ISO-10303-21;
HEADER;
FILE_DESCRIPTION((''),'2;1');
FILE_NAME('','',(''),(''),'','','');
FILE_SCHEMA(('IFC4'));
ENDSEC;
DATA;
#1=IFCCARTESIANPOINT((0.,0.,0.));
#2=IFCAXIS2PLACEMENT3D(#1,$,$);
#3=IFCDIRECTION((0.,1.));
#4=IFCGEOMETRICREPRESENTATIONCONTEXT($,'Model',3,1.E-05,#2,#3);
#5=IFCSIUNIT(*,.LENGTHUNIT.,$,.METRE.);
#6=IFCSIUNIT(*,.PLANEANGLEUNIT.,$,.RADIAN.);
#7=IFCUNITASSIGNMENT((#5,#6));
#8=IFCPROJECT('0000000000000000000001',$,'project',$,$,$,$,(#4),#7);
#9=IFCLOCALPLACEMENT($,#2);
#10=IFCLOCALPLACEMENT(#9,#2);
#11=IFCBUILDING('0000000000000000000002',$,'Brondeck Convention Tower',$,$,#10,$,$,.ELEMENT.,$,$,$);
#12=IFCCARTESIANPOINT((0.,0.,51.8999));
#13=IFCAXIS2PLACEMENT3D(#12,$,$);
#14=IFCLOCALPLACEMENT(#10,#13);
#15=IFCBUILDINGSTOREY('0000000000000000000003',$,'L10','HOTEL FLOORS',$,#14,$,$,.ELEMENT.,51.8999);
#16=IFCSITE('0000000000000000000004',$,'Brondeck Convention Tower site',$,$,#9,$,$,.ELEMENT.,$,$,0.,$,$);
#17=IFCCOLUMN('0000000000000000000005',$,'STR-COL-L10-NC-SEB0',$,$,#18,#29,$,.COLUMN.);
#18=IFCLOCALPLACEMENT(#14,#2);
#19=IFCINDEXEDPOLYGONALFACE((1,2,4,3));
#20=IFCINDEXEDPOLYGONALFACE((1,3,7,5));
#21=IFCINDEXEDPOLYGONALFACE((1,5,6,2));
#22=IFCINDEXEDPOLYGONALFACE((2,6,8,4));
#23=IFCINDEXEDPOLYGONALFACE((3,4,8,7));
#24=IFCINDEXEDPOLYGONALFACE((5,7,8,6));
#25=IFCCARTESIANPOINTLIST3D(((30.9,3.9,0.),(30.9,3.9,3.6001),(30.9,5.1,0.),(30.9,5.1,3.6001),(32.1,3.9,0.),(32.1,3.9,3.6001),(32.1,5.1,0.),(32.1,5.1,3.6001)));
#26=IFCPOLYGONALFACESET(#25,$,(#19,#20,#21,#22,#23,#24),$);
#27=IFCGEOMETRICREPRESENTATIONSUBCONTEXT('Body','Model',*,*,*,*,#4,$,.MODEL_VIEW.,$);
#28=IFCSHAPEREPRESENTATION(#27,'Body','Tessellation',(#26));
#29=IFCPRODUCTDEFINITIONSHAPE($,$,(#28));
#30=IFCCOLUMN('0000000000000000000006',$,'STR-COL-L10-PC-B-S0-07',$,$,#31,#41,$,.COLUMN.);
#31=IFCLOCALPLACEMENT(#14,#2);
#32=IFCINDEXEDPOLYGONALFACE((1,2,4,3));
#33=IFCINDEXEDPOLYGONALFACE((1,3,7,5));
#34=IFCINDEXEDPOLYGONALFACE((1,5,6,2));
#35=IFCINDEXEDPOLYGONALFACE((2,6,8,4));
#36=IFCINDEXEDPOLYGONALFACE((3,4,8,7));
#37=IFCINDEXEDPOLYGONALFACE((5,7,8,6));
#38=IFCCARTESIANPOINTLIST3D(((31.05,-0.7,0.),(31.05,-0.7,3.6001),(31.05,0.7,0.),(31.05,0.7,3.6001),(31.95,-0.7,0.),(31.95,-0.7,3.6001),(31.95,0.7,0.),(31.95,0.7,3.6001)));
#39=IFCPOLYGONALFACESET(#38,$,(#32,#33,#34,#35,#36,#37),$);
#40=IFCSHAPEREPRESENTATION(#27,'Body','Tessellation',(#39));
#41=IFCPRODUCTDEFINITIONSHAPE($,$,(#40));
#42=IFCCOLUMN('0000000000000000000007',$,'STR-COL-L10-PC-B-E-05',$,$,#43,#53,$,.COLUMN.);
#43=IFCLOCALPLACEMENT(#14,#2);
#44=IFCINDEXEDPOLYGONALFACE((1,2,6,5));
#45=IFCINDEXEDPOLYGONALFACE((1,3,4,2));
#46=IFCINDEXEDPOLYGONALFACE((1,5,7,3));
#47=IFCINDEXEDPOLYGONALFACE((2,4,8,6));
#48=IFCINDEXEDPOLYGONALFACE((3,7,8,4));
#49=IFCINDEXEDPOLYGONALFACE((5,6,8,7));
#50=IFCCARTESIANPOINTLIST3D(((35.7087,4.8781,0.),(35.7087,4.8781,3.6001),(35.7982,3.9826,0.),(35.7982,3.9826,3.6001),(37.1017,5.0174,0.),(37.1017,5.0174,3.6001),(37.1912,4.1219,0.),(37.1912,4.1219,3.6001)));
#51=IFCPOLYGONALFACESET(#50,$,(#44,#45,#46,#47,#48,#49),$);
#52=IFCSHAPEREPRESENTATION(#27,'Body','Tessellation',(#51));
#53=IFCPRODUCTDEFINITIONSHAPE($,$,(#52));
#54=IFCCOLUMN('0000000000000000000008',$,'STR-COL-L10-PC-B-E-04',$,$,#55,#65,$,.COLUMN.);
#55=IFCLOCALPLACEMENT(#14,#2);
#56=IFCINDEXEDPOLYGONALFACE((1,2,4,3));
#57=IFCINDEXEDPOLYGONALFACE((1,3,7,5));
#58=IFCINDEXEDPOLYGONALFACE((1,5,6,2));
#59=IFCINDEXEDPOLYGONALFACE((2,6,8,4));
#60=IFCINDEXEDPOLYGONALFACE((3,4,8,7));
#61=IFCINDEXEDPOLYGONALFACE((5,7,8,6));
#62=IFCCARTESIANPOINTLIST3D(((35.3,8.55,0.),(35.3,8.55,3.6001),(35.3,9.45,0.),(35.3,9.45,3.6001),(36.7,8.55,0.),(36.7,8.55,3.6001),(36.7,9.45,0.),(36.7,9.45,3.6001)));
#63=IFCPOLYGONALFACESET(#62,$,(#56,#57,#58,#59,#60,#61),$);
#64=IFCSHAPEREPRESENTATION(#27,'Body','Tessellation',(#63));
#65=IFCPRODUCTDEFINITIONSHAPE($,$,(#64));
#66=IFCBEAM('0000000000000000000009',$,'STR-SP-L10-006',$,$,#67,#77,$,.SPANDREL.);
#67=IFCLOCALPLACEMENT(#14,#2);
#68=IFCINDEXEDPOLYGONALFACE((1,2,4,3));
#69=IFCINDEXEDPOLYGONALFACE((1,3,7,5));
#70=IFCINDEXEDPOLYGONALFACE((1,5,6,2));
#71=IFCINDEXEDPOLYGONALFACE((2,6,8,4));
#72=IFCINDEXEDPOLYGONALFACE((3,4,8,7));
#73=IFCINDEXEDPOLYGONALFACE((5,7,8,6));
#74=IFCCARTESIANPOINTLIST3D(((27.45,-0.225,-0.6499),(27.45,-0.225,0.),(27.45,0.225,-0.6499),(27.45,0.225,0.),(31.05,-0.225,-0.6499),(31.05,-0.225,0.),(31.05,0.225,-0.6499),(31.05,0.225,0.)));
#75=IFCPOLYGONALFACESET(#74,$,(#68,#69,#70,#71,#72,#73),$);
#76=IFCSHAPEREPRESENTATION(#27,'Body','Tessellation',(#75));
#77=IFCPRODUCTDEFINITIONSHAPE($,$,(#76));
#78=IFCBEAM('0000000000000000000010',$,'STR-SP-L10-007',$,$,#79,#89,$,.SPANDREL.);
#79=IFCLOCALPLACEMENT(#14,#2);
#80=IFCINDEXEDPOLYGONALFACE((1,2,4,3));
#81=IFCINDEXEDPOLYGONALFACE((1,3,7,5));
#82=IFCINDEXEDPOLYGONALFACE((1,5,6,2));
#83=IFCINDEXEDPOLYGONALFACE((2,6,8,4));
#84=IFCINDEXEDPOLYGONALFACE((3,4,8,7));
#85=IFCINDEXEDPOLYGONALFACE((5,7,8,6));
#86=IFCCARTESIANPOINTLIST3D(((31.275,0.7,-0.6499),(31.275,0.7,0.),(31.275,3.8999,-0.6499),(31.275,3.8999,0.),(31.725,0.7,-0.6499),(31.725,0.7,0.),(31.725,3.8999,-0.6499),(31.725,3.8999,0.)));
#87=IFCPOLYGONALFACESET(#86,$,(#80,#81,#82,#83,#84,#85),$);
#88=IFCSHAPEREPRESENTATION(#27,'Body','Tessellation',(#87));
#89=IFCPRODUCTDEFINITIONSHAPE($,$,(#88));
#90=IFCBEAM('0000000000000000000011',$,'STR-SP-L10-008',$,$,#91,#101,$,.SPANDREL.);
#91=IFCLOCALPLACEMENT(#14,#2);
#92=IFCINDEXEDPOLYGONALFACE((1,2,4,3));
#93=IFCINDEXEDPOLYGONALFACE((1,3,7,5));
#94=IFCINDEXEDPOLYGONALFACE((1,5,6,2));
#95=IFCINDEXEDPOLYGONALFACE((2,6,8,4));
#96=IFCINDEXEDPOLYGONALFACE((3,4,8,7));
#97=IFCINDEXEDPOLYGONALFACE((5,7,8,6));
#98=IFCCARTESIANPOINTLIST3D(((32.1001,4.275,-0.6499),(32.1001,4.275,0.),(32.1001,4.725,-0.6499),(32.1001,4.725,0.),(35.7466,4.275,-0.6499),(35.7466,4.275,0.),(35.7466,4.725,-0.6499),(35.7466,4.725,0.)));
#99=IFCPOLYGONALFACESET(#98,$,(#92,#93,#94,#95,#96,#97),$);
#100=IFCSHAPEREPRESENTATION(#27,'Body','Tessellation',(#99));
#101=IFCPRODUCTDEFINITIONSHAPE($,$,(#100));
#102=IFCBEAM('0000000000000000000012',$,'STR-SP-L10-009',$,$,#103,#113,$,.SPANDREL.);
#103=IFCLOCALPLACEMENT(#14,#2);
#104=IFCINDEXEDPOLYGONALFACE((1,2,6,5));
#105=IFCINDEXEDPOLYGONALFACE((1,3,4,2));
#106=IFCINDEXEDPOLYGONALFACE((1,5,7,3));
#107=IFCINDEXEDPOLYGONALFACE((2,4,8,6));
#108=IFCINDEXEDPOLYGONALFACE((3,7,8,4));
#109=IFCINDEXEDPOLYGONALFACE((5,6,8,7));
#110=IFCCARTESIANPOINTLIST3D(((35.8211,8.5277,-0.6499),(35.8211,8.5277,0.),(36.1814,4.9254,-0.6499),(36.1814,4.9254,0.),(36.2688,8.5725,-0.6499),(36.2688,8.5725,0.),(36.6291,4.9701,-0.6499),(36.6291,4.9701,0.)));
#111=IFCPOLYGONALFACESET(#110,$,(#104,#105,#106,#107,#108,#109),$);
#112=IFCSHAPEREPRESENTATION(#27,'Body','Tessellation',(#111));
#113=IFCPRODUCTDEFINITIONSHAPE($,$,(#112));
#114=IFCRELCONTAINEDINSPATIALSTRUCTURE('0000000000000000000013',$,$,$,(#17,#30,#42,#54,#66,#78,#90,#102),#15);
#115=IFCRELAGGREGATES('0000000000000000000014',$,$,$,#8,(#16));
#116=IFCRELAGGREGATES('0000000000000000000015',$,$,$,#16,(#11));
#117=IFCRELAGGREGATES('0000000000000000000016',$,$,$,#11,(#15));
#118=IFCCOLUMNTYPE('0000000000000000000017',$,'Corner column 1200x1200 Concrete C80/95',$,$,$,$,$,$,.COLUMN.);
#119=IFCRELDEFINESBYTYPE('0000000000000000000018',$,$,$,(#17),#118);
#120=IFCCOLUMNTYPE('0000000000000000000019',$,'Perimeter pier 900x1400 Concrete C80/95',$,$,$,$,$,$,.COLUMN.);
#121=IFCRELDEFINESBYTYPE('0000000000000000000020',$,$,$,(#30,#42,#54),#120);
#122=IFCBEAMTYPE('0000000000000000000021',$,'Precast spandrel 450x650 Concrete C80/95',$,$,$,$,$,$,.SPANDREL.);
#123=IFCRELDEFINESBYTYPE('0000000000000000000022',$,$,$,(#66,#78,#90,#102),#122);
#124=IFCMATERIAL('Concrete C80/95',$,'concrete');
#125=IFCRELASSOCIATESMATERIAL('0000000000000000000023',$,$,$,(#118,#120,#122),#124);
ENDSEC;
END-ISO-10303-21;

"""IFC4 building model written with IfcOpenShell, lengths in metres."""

from ifc_helpers import new_model, si_unit, direction, frame, origin, origin_2d, place, context, subcontext, project, spatial, rectangle, extrude, material, material_profile, profile_set, type_object, element, save


model = new_model("IFC4")

# Units and contexts
model_context = context("Model", 3, precision=1e-05, world=origin(), true_north=direction((0.0, 1.0)))
body_context = subcontext(model_context, "Body", "Model", "MODEL_VIEW")
ifc_project = project(units=[si_unit("LENGTHUNIT", "METRE"), si_unit("PLANEANGLEUNIT", "RADIAN")], contexts=[model_context])

# Site, building, storey
site_placement = place(None, origin())
site = spatial("IfcSite", under=ifc_project, at=site_placement, Name="Brondeck Convention Tower site", CompositionType="ELEMENT", RefElevation=0.0)
building_placement = place(site_placement, origin())
building = spatial("IfcBuilding", under=site, at=building_placement, Name="Brondeck Convention Tower", CompositionType="ELEMENT")
storey_placement = place(building_placement, frame((0.0, 0.0, 51.8999)))
storey = spatial("IfcBuildingStorey", under=building, at=storey_placement, Name="L10", Description="HOTEL FLOORS", CompositionType="ELEMENT", Elevation=51.8999)

# Columns
ifc_material_1 = material(Name="Concrete C80/95", Category="concrete")
ifc_material_profile_1 = material_profile(ifc_material_1, rectangle(XDim=1.2, YDim=1.2, at=origin_2d()), Name="Corner column 1200x1200 Concrete C80/95")
ifc_profile_set_1 = profile_set([ifc_material_profile_1], Name="Concrete C80/95")
column_type_1 = type_object("IfcColumnType", Name="Corner column 1200x1200 Concrete C80/95", PredefinedType="COLUMN", material=ifc_profile_set_1)
column_placement = place(storey_placement, frame((31.5, 4.5, 0.0), z_axis=(0.0, 0.0, 1.0), x_axis=(1.0, 0.0, 0.0)))
element("IfcColumn", 1, at=column_placement, inside=storey, type_object=column_type_1, Name="STR-COL-L10-NC-SEB0", PredefinedType="COLUMN", context=body_context, shape_type="SweptSolid", body=[
    extrude(rectangle(XDim=1.2, YDim=1.2, at=origin_2d()), origin(), (0.0, 0.0, 1.0), 3.6001),
])
ifc_material_profile_2 = material_profile(ifc_material_1, rectangle(XDim=0.8999, YDim=1.3999, at=origin_2d()), Name="Perimeter pier 900x1400 Concrete C80/95")
ifc_profile_set_2 = profile_set([ifc_material_profile_2], Name="Concrete C80/95")
column_type_2 = type_object("IfcColumnType", Name="Perimeter pier 900x1400 Concrete C80/95", PredefinedType="COLUMN", material=ifc_profile_set_2)
for number, where, z_axis, x_axis, name in (
    (2, (31.5, 0.0, 0.0), (0.0, 0.0, 1.0), (1.0, 0.0, 0.0), "STR-COL-L10-PC-B-S0-07"),
    (3, (36.45, 4.5, 0.0), (0.0, 0.0, 1.0), (-0.099504, 0.995037, 0.0), "STR-COL-L10-PC-B-E-05"),
    (4, (36.0, 9.0, 0.0), (0.0, 0.0, 1.0), (0.0, 1.0, 0.0), "STR-COL-L10-PC-B-E-04"),
):
    element("IfcColumn", number, at=place(storey_placement, frame(where, z_axis=z_axis, x_axis=x_axis)), inside=storey, type_object=column_type_2, Name=name, PredefinedType="COLUMN", context=body_context, shape_type="SweptSolid", body=[
        extrude(rectangle(XDim=0.8999, YDim=1.3999, at=origin_2d()), origin(), (0.0, 0.0, 1.0), 3.6001),
    ])

# Beams
ifc_material_profile_3 = material_profile(ifc_material_1, rectangle(XDim=0.45, YDim=0.6499, at=origin_2d()), Name="Precast spandrel 450x650 Concrete C80/95")
ifc_profile_set_3 = profile_set([ifc_material_profile_3], Name="Concrete C80/95")
beam_type = type_object("IfcBeamType", Name="Precast spandrel 450x650 Concrete C80/95", PredefinedType="SPANDREL", material=ifc_profile_set_3)
beam_1_placement = place(storey_placement, frame((27.45, 0.0, -0.325), z_axis=(1.0, 0.0, 0.0), x_axis=(0.0, 1.0, 0.0)))
element("IfcBeam", 5, at=beam_1_placement, inside=storey, type_object=beam_type, Name="STR-SP-L10-006", PredefinedType="SPANDREL", context=body_context, shape_type="SweptSolid", body=[
    extrude(rectangle(XDim=0.45, YDim=0.6499, at=origin_2d()), origin(), (0.0, 0.0, 1.0), 3.6001),
])
beam_2_placement = place(storey_placement, frame((31.5, 0.7, -0.325), z_axis=(0.0, 1.0, 0.0), x_axis=(-1.0, 0.0, 0.0)))
element("IfcBeam", 6, at=beam_2_placement, inside=storey, type_object=beam_type, Name="STR-SP-L10-007", PredefinedType="SPANDREL", context=body_context, shape_type="SweptSolid", body=[
    extrude(rectangle(XDim=0.45, YDim=0.6499, at=origin_2d()), origin(), (0.0, 0.0, 1.0), 3.2),
])
beam_3_placement = place(storey_placement, frame((32.1001, 4.5, -0.325), z_axis=(1.0, 0.0, 0.0), x_axis=(0.0, 1.0, 0.0)))
element("IfcBeam", 7, at=beam_3_placement, inside=storey, type_object=beam_type, Name="STR-SP-L10-008", PredefinedType="SPANDREL", context=body_context, shape_type="SweptSolid", body=[
    extrude(rectangle(XDim=0.45, YDim=0.6499, at=origin_2d()), origin(), (0.0, 0.0, 1.0), 3.6465),
])
beam_4_placement = place(storey_placement, frame((36.4053, 4.9478, -0.325), z_axis=(-0.099537, 0.995034, 0.0), x_axis=(-0.995034, -0.099537, 0.0)))
element("IfcBeam", 8, at=beam_4_placement, inside=storey, type_object=beam_type, Name="STR-SP-L10-009", PredefinedType="SPANDREL", context=body_context, shape_type="SweptSolid", body=[
    extrude(rectangle(XDim=0.45, YDim=0.6499, at=origin_2d()), origin(), (0.0, 0.0, 1.0), 3.6204),
])

save(model, "model.ifc")
